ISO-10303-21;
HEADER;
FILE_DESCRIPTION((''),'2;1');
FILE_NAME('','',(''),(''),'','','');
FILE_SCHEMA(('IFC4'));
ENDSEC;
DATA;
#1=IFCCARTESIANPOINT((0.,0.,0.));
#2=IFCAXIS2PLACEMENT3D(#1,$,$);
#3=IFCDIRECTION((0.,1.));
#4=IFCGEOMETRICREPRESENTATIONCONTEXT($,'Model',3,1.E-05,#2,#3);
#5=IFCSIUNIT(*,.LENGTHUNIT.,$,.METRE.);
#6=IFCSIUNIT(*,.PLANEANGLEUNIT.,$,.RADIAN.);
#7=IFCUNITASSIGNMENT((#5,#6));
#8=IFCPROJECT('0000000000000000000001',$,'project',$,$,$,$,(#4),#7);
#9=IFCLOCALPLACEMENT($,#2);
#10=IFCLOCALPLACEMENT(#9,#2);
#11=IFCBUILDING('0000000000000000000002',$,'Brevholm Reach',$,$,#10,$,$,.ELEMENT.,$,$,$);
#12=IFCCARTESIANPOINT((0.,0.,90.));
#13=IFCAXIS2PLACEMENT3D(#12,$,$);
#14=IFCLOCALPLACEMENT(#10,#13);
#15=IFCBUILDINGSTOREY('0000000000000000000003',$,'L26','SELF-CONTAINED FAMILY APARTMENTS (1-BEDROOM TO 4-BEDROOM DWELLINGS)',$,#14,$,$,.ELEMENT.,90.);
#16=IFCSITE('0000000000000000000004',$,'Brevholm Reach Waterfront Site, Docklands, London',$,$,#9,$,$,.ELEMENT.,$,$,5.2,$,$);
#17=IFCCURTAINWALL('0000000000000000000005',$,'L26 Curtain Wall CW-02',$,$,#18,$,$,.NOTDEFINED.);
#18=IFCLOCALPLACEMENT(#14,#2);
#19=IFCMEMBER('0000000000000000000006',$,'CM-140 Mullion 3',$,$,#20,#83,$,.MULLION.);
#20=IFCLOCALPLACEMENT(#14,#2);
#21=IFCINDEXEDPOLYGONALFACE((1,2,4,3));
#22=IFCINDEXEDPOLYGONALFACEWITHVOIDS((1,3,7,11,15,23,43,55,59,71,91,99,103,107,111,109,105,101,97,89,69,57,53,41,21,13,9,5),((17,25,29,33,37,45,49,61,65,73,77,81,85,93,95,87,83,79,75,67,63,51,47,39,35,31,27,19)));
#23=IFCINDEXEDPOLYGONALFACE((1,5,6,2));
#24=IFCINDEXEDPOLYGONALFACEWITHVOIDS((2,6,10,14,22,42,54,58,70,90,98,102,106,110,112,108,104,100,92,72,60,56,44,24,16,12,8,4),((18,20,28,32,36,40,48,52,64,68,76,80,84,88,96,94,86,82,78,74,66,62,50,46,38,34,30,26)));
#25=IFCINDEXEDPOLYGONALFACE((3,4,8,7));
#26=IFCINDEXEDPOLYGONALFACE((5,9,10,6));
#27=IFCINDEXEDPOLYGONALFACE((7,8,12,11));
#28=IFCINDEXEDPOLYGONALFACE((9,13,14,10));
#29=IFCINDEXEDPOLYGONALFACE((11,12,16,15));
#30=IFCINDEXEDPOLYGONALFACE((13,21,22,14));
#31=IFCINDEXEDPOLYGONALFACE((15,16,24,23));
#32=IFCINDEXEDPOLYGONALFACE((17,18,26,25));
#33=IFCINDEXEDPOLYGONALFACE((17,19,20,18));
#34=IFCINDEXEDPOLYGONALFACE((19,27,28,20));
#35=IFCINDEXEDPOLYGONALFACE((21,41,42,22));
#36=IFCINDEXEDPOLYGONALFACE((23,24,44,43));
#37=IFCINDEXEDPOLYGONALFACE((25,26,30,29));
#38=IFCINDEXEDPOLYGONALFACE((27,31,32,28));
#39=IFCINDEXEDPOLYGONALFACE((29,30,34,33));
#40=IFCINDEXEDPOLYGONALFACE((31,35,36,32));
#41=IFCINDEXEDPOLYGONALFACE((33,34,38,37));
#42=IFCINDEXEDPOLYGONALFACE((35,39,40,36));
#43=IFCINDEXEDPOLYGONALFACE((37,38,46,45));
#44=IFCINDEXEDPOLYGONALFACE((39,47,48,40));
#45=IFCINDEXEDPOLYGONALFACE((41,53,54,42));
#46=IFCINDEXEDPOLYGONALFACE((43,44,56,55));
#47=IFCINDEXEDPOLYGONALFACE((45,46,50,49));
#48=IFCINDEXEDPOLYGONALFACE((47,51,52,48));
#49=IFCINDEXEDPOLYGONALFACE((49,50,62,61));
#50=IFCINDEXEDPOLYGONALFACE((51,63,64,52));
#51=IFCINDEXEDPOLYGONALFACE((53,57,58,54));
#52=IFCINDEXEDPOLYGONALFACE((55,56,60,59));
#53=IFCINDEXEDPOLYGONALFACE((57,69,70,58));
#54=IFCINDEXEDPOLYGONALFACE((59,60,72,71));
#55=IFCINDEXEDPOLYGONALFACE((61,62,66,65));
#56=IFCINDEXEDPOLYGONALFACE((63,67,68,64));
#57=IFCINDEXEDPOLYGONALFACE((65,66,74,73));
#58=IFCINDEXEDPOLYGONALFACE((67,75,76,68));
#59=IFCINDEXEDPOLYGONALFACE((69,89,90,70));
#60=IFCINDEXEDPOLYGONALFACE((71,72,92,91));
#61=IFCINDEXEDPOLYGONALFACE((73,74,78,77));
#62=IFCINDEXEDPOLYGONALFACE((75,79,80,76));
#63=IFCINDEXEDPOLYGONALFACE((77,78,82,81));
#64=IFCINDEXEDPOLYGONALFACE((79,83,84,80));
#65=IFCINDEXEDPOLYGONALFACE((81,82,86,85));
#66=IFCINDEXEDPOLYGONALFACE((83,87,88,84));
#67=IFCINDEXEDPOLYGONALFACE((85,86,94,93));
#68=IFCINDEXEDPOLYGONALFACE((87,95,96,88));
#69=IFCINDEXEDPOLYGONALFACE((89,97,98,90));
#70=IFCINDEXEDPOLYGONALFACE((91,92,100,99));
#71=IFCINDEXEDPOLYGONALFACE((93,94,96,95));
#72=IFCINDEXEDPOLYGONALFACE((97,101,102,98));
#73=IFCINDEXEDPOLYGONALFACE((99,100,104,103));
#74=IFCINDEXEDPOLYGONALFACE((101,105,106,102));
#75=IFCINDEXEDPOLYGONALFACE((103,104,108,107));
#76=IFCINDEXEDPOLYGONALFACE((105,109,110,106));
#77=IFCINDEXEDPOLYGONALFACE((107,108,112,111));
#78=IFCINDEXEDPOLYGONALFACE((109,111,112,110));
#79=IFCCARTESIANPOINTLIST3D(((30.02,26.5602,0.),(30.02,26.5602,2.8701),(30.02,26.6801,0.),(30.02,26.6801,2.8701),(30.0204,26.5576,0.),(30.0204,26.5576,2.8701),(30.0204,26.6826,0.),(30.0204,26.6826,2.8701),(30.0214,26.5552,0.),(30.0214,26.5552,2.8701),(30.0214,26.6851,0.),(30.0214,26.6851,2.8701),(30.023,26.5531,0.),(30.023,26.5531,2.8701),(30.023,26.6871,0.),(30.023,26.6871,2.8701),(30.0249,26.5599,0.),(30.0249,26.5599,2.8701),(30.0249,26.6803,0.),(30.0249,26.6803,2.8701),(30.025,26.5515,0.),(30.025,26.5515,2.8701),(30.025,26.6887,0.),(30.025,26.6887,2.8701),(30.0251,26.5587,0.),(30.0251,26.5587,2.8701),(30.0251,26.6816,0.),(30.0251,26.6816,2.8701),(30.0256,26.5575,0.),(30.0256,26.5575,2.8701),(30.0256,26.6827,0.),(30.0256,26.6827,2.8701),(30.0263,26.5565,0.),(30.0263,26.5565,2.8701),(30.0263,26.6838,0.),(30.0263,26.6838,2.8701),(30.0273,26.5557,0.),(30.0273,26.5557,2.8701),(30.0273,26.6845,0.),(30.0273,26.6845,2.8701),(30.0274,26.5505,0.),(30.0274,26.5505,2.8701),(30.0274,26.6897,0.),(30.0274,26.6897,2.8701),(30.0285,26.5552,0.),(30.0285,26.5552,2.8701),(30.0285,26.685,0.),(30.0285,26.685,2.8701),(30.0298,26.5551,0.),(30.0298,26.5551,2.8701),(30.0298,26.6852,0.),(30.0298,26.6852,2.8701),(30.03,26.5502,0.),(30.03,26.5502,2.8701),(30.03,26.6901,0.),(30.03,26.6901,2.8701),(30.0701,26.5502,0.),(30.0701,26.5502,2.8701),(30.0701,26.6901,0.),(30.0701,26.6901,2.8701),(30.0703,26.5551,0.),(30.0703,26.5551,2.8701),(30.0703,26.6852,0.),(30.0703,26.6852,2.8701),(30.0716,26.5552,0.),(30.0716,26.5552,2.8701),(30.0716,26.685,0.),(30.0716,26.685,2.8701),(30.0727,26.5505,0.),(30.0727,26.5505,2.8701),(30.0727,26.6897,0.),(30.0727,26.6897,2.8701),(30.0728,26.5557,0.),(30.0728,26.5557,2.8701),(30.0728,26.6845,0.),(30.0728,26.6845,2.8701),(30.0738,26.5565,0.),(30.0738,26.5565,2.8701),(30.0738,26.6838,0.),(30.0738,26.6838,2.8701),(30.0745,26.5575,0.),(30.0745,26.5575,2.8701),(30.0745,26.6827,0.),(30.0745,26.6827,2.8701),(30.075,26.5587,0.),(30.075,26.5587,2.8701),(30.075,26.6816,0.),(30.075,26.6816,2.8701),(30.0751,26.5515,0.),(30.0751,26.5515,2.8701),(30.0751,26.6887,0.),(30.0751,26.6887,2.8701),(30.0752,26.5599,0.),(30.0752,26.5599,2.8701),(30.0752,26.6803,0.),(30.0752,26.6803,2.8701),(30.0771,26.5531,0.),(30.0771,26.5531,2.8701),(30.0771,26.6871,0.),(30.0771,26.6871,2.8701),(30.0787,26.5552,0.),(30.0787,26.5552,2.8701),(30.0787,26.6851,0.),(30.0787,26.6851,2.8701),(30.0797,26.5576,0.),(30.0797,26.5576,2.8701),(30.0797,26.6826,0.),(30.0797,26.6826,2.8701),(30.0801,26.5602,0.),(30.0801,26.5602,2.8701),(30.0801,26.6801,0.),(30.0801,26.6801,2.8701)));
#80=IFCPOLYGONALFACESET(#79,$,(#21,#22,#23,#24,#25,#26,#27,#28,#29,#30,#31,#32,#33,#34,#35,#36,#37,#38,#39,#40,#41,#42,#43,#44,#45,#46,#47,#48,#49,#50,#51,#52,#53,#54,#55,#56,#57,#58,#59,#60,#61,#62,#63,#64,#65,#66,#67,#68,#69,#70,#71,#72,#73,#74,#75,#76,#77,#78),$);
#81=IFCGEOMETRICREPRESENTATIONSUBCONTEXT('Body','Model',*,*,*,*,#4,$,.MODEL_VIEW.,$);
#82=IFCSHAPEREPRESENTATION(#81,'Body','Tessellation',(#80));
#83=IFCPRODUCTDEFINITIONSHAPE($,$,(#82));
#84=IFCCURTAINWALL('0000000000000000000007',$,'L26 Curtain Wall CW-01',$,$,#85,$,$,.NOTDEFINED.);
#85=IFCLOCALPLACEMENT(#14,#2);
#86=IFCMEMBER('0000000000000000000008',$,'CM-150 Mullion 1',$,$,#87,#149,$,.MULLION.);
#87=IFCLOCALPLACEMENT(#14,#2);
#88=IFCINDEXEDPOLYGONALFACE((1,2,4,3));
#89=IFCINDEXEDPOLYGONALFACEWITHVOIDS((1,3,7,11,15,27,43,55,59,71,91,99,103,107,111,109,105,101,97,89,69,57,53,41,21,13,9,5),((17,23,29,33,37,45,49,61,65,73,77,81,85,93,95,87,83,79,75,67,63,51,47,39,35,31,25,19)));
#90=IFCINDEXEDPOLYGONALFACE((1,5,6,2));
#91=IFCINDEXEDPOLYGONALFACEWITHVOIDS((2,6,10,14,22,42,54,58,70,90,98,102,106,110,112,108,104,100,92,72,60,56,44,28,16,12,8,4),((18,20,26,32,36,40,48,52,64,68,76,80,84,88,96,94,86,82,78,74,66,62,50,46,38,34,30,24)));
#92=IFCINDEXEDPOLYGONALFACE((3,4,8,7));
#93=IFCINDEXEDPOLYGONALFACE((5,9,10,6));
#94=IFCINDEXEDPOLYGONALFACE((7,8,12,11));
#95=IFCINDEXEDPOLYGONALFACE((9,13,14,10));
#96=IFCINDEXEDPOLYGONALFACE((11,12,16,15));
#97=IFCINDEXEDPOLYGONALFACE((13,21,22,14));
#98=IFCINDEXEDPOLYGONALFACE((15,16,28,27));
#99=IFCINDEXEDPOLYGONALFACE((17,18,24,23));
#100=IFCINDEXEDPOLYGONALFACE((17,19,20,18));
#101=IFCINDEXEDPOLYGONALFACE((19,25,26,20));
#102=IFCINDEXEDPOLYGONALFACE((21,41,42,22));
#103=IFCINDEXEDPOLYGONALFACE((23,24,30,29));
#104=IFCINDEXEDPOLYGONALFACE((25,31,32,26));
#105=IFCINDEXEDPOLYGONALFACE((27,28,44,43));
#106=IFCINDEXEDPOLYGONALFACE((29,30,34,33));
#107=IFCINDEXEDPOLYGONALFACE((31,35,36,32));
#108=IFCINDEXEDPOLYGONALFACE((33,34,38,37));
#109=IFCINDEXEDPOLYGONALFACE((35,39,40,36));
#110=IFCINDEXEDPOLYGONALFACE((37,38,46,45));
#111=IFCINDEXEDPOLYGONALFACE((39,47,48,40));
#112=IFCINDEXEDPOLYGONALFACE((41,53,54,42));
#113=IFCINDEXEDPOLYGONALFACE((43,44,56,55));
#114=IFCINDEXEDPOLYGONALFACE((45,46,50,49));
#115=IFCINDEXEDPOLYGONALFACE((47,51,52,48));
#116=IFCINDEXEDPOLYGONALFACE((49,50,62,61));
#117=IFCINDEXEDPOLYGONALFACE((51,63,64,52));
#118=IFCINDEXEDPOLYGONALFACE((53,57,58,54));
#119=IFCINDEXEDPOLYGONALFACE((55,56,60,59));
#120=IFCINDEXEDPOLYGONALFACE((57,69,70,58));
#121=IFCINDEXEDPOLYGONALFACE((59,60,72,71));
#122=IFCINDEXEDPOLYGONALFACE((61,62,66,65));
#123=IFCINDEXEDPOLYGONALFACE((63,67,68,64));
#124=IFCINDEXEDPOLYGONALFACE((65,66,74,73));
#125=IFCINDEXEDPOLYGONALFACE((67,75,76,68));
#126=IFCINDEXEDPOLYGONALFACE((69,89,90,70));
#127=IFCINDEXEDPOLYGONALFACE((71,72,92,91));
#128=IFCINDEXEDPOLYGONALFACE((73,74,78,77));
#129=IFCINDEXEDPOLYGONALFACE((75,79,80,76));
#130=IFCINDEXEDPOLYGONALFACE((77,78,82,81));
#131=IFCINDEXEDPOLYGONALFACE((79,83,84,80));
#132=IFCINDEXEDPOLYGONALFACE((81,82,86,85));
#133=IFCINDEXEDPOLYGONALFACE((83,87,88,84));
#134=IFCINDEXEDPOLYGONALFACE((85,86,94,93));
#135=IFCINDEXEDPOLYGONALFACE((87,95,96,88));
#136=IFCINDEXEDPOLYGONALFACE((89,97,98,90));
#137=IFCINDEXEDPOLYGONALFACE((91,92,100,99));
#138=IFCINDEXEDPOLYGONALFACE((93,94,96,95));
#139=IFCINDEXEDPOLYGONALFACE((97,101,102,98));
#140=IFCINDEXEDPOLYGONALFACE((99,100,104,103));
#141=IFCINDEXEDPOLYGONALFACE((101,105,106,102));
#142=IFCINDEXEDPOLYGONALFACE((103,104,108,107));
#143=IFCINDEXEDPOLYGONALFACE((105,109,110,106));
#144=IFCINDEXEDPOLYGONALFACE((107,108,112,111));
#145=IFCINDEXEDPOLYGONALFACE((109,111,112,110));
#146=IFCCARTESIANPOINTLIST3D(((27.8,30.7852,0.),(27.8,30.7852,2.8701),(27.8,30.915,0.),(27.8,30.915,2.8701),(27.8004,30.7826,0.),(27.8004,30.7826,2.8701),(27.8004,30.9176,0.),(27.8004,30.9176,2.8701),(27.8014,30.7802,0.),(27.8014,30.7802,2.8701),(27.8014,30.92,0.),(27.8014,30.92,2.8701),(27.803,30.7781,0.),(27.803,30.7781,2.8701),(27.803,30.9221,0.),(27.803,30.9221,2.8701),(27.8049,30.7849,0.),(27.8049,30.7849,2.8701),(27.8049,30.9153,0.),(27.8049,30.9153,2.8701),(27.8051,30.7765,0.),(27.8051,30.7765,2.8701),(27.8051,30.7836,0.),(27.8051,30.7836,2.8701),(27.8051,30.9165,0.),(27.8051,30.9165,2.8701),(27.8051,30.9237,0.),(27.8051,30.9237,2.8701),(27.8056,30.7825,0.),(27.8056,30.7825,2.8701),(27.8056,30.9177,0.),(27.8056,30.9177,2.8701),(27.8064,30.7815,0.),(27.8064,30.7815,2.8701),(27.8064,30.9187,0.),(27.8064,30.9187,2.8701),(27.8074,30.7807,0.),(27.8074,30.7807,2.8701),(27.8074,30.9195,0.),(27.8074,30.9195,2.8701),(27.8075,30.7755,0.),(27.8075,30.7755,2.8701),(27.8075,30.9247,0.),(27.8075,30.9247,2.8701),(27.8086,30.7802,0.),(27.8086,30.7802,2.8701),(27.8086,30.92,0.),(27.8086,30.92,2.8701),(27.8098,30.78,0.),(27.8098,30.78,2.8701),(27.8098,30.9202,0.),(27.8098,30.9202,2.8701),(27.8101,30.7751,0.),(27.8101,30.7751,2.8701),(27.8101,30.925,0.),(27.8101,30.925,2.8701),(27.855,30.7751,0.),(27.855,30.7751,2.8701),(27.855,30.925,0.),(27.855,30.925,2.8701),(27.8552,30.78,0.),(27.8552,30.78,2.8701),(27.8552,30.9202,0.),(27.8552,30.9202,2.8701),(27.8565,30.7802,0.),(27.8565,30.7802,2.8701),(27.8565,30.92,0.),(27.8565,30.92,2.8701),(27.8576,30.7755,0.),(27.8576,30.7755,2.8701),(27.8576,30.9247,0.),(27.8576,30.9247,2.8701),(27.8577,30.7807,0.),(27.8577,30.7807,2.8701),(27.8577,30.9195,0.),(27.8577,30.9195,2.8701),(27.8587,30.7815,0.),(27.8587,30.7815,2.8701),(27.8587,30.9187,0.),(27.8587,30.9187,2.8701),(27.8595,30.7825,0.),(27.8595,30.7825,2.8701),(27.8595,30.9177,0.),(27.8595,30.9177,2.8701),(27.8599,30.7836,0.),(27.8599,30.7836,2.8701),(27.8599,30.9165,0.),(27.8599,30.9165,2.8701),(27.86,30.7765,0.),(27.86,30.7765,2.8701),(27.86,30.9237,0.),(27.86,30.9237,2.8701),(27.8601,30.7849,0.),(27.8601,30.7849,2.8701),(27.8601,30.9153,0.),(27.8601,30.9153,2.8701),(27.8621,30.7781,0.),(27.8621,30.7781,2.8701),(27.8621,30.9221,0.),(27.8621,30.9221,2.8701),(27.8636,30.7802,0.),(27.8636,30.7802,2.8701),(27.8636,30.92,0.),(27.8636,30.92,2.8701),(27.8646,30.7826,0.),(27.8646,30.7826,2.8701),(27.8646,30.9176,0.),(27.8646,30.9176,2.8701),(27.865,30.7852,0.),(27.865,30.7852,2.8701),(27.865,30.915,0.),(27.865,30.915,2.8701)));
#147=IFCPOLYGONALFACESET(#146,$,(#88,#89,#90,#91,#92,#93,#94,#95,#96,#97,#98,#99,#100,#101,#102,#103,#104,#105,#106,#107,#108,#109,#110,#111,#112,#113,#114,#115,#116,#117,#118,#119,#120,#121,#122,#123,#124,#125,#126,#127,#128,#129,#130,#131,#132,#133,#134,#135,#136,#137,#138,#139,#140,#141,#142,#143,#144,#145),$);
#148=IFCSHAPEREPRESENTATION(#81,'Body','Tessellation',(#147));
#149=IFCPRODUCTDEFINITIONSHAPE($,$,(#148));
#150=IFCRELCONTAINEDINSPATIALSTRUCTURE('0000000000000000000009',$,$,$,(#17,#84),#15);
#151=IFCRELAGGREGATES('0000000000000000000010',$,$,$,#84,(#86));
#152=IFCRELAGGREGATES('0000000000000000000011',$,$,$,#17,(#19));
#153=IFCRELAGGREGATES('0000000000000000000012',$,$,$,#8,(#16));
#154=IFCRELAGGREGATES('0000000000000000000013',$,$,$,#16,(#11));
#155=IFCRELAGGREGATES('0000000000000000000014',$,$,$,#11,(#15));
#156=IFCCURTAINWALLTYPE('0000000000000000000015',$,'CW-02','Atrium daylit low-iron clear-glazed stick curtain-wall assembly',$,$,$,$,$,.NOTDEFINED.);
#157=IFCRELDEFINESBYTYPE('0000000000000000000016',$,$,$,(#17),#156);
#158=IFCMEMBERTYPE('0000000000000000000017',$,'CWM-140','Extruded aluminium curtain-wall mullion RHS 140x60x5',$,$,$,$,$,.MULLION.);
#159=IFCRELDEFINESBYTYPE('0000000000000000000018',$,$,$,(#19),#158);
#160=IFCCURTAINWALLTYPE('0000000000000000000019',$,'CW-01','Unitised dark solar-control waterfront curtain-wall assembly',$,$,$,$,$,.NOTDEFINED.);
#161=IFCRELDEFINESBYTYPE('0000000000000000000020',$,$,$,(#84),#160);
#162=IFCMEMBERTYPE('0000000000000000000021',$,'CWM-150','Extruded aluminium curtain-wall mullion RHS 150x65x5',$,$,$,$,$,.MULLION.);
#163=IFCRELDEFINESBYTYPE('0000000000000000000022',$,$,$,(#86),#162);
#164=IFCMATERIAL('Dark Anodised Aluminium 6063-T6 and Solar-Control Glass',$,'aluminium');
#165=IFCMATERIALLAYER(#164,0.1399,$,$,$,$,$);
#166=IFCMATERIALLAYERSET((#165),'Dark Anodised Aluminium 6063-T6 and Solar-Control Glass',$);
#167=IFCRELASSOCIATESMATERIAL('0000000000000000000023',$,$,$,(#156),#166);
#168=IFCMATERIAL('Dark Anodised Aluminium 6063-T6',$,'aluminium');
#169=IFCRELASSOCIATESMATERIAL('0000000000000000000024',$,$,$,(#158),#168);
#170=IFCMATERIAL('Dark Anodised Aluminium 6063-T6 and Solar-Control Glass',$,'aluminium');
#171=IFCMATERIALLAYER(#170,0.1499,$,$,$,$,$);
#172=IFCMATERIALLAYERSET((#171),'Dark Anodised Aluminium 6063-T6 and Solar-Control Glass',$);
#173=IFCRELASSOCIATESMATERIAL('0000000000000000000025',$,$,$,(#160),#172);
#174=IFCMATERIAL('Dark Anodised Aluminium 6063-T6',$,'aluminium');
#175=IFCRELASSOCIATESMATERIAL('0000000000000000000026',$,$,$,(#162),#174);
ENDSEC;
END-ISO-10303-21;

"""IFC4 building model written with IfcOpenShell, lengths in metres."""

from ifc_helpers import new_model, si_unit, direction, frame, origin, origin_2d, place, context, subcontext, project, spatial, hollow_rectangle, extrude, material, layer, layer_set, material_profile, profile_set, type_object, element, aggregate, save


model = new_model("IFC4")

# Units and contexts
model_context = context("Model", 3, precision=1e-05, world=origin(), true_north=direction((0.0, 1.0)))
body_context = subcontext(model_context, "Body", "Model", "MODEL_VIEW")
ifc_project = project(units=[si_unit("LENGTHUNIT", "METRE"), si_unit("PLANEANGLEUNIT", "RADIAN")], contexts=[model_context])

# Site, building, storey
site_placement = place(None, origin())
site = spatial("IfcSite", under=ifc_project, at=site_placement, Name="Brevholm Reach Waterfront Site, Docklands, London", CompositionType="ELEMENT", RefElevation=5.2)
building_placement = place(site_placement, origin())
building = spatial("IfcBuilding", under=site, at=building_placement, Name="Brevholm Reach", CompositionType="ELEMENT")
storey_placement = place(building_placement, frame((0.0, 0.0, 90.0)))
storey = spatial("IfcBuildingStorey", under=building, at=storey_placement, Name="L26", Description="SELF-CONTAINED FAMILY APARTMENTS (1-BEDROOM TO 4-BEDROOM DWELLINGS)", CompositionType="ELEMENT", Elevation=90.0)

# Curtain walls, members
ifc_material_1 = material(Name="Dark Anodised Aluminium 6063-T6 and Solar-Control Glass", Category="aluminium")
ifc_layer_1 = layer(ifc_material_1, 0.1399)
ifc_layer_set_1 = layer_set([ifc_layer_1], Name="Dark Anodised Aluminium 6063-T6 and Solar-Control Glass")
curtain_wall_type_1 = type_object("IfcCurtainWallType", Name="CW-02", Description="Atrium daylit low-iron clear-glazed stick curtain-wall assembly", PredefinedType="NOTDEFINED", material=ifc_layer_set_1)
curtain_wall_1_placement = place(storey_placement, origin())
curtain_wall_1 = element("IfcCurtainWall", 1, at=curtain_wall_1_placement, inside=storey, type_object=curtain_wall_type_1, Name="L26 Curtain Wall CW-02", PredefinedType="NOTDEFINED")
ifc_material_2 = material(Name="Dark Anodised Aluminium 6063-T6", Category="aluminium")
ifc_material_profile_1 = material_profile(ifc_material_2, hollow_rectangle(XDim=0.0601, YDim=0.1399, WallThickness=0.0049, InnerFilletRadius=0.0049, OuterFilletRadius=0.01, at=origin_2d()), Name="RHS 140x60x5")
ifc_profile_set_1 = profile_set([ifc_material_profile_1], Name="Dark Anodised Aluminium 6063-T6")
member_type_1 = type_object("IfcMemberType", Name="CWM-140", Description="Extruded aluminium curtain-wall mullion RHS 140x60x5", PredefinedType="MULLION", material=ifc_profile_set_1)
member_1_placement = place(storey_placement, frame((30.05, 26.6201, 0.0), z_axis=(0.0, 0.0, 1.0), x_axis=(-1.0, 0.0, 0.0)))
member_1 = element("IfcMember", 2, at=member_1_placement, type_object=member_type_1, Name="CM-140 Mullion 3", PredefinedType="MULLION", context=body_context, shape_type="SweptSolid", body=[
    extrude(hollow_rectangle(XDim=0.0601, YDim=0.1399, WallThickness=0.0049, InnerFilletRadius=0.0049, OuterFilletRadius=0.01, at=origin_2d()), origin(), (0.0, 0.0, 1.0), 2.8701),
])
ifc_material_3 = material(Name="Dark Anodised Aluminium 6063-T6 and Solar-Control Glass", Category="aluminium")
ifc_layer_2 = layer(ifc_material_3, 0.1499)
ifc_layer_set_2 = layer_set([ifc_layer_2], Name="Dark Anodised Aluminium 6063-T6 and Solar-Control Glass")
curtain_wall_type_2 = type_object("IfcCurtainWallType", Name="CW-01", Description="Unitised dark solar-control waterfront curtain-wall assembly", PredefinedType="NOTDEFINED", material=ifc_layer_set_2)
curtain_wall_2_placement = place(storey_placement, origin())
curtain_wall_2 = element("IfcCurtainWall", 3, at=curtain_wall_2_placement, inside=storey, type_object=curtain_wall_type_2, Name="L26 Curtain Wall CW-01", PredefinedType="NOTDEFINED")
ifc_material_4 = material(Name="Dark Anodised Aluminium 6063-T6", Category="aluminium")
ifc_material_profile_2 = material_profile(ifc_material_4, hollow_rectangle(XDim=0.0649, YDim=0.1499, WallThickness=0.0049, InnerFilletRadius=0.0049, OuterFilletRadius=0.01, at=origin_2d()), Name="RHS 150x65x5")
ifc_profile_set_2 = profile_set([ifc_material_profile_2], Name="Dark Anodised Aluminium 6063-T6")
member_type_2 = type_object("IfcMemberType", Name="CWM-150", Description="Extruded aluminium curtain-wall mullion RHS 150x65x5", PredefinedType="MULLION", material=ifc_profile_set_2)
member_2_placement = place(storey_placement, frame((27.8325, 30.8501, 0.0), z_axis=(0.0, 0.0, 1.0), x_axis=(1.0, 0.0, 0.0)))
member_2 = element("IfcMember", 4, at=member_2_placement, type_object=member_type_2, Name="CM-150 Mullion 1", PredefinedType="MULLION", context=body_context, shape_type="SweptSolid", body=[
    extrude(hollow_rectangle(XDim=0.0649, YDim=0.1499, WallThickness=0.0049, InnerFilletRadius=0.0049, OuterFilletRadius=0.01, at=origin_2d()), origin(), (0.0, 0.0, 1.0), 2.8701),
])

aggregate(curtain_wall_2, [member_2])
aggregate(curtain_wall_1, [member_1])

save(model, "model.ifc")
